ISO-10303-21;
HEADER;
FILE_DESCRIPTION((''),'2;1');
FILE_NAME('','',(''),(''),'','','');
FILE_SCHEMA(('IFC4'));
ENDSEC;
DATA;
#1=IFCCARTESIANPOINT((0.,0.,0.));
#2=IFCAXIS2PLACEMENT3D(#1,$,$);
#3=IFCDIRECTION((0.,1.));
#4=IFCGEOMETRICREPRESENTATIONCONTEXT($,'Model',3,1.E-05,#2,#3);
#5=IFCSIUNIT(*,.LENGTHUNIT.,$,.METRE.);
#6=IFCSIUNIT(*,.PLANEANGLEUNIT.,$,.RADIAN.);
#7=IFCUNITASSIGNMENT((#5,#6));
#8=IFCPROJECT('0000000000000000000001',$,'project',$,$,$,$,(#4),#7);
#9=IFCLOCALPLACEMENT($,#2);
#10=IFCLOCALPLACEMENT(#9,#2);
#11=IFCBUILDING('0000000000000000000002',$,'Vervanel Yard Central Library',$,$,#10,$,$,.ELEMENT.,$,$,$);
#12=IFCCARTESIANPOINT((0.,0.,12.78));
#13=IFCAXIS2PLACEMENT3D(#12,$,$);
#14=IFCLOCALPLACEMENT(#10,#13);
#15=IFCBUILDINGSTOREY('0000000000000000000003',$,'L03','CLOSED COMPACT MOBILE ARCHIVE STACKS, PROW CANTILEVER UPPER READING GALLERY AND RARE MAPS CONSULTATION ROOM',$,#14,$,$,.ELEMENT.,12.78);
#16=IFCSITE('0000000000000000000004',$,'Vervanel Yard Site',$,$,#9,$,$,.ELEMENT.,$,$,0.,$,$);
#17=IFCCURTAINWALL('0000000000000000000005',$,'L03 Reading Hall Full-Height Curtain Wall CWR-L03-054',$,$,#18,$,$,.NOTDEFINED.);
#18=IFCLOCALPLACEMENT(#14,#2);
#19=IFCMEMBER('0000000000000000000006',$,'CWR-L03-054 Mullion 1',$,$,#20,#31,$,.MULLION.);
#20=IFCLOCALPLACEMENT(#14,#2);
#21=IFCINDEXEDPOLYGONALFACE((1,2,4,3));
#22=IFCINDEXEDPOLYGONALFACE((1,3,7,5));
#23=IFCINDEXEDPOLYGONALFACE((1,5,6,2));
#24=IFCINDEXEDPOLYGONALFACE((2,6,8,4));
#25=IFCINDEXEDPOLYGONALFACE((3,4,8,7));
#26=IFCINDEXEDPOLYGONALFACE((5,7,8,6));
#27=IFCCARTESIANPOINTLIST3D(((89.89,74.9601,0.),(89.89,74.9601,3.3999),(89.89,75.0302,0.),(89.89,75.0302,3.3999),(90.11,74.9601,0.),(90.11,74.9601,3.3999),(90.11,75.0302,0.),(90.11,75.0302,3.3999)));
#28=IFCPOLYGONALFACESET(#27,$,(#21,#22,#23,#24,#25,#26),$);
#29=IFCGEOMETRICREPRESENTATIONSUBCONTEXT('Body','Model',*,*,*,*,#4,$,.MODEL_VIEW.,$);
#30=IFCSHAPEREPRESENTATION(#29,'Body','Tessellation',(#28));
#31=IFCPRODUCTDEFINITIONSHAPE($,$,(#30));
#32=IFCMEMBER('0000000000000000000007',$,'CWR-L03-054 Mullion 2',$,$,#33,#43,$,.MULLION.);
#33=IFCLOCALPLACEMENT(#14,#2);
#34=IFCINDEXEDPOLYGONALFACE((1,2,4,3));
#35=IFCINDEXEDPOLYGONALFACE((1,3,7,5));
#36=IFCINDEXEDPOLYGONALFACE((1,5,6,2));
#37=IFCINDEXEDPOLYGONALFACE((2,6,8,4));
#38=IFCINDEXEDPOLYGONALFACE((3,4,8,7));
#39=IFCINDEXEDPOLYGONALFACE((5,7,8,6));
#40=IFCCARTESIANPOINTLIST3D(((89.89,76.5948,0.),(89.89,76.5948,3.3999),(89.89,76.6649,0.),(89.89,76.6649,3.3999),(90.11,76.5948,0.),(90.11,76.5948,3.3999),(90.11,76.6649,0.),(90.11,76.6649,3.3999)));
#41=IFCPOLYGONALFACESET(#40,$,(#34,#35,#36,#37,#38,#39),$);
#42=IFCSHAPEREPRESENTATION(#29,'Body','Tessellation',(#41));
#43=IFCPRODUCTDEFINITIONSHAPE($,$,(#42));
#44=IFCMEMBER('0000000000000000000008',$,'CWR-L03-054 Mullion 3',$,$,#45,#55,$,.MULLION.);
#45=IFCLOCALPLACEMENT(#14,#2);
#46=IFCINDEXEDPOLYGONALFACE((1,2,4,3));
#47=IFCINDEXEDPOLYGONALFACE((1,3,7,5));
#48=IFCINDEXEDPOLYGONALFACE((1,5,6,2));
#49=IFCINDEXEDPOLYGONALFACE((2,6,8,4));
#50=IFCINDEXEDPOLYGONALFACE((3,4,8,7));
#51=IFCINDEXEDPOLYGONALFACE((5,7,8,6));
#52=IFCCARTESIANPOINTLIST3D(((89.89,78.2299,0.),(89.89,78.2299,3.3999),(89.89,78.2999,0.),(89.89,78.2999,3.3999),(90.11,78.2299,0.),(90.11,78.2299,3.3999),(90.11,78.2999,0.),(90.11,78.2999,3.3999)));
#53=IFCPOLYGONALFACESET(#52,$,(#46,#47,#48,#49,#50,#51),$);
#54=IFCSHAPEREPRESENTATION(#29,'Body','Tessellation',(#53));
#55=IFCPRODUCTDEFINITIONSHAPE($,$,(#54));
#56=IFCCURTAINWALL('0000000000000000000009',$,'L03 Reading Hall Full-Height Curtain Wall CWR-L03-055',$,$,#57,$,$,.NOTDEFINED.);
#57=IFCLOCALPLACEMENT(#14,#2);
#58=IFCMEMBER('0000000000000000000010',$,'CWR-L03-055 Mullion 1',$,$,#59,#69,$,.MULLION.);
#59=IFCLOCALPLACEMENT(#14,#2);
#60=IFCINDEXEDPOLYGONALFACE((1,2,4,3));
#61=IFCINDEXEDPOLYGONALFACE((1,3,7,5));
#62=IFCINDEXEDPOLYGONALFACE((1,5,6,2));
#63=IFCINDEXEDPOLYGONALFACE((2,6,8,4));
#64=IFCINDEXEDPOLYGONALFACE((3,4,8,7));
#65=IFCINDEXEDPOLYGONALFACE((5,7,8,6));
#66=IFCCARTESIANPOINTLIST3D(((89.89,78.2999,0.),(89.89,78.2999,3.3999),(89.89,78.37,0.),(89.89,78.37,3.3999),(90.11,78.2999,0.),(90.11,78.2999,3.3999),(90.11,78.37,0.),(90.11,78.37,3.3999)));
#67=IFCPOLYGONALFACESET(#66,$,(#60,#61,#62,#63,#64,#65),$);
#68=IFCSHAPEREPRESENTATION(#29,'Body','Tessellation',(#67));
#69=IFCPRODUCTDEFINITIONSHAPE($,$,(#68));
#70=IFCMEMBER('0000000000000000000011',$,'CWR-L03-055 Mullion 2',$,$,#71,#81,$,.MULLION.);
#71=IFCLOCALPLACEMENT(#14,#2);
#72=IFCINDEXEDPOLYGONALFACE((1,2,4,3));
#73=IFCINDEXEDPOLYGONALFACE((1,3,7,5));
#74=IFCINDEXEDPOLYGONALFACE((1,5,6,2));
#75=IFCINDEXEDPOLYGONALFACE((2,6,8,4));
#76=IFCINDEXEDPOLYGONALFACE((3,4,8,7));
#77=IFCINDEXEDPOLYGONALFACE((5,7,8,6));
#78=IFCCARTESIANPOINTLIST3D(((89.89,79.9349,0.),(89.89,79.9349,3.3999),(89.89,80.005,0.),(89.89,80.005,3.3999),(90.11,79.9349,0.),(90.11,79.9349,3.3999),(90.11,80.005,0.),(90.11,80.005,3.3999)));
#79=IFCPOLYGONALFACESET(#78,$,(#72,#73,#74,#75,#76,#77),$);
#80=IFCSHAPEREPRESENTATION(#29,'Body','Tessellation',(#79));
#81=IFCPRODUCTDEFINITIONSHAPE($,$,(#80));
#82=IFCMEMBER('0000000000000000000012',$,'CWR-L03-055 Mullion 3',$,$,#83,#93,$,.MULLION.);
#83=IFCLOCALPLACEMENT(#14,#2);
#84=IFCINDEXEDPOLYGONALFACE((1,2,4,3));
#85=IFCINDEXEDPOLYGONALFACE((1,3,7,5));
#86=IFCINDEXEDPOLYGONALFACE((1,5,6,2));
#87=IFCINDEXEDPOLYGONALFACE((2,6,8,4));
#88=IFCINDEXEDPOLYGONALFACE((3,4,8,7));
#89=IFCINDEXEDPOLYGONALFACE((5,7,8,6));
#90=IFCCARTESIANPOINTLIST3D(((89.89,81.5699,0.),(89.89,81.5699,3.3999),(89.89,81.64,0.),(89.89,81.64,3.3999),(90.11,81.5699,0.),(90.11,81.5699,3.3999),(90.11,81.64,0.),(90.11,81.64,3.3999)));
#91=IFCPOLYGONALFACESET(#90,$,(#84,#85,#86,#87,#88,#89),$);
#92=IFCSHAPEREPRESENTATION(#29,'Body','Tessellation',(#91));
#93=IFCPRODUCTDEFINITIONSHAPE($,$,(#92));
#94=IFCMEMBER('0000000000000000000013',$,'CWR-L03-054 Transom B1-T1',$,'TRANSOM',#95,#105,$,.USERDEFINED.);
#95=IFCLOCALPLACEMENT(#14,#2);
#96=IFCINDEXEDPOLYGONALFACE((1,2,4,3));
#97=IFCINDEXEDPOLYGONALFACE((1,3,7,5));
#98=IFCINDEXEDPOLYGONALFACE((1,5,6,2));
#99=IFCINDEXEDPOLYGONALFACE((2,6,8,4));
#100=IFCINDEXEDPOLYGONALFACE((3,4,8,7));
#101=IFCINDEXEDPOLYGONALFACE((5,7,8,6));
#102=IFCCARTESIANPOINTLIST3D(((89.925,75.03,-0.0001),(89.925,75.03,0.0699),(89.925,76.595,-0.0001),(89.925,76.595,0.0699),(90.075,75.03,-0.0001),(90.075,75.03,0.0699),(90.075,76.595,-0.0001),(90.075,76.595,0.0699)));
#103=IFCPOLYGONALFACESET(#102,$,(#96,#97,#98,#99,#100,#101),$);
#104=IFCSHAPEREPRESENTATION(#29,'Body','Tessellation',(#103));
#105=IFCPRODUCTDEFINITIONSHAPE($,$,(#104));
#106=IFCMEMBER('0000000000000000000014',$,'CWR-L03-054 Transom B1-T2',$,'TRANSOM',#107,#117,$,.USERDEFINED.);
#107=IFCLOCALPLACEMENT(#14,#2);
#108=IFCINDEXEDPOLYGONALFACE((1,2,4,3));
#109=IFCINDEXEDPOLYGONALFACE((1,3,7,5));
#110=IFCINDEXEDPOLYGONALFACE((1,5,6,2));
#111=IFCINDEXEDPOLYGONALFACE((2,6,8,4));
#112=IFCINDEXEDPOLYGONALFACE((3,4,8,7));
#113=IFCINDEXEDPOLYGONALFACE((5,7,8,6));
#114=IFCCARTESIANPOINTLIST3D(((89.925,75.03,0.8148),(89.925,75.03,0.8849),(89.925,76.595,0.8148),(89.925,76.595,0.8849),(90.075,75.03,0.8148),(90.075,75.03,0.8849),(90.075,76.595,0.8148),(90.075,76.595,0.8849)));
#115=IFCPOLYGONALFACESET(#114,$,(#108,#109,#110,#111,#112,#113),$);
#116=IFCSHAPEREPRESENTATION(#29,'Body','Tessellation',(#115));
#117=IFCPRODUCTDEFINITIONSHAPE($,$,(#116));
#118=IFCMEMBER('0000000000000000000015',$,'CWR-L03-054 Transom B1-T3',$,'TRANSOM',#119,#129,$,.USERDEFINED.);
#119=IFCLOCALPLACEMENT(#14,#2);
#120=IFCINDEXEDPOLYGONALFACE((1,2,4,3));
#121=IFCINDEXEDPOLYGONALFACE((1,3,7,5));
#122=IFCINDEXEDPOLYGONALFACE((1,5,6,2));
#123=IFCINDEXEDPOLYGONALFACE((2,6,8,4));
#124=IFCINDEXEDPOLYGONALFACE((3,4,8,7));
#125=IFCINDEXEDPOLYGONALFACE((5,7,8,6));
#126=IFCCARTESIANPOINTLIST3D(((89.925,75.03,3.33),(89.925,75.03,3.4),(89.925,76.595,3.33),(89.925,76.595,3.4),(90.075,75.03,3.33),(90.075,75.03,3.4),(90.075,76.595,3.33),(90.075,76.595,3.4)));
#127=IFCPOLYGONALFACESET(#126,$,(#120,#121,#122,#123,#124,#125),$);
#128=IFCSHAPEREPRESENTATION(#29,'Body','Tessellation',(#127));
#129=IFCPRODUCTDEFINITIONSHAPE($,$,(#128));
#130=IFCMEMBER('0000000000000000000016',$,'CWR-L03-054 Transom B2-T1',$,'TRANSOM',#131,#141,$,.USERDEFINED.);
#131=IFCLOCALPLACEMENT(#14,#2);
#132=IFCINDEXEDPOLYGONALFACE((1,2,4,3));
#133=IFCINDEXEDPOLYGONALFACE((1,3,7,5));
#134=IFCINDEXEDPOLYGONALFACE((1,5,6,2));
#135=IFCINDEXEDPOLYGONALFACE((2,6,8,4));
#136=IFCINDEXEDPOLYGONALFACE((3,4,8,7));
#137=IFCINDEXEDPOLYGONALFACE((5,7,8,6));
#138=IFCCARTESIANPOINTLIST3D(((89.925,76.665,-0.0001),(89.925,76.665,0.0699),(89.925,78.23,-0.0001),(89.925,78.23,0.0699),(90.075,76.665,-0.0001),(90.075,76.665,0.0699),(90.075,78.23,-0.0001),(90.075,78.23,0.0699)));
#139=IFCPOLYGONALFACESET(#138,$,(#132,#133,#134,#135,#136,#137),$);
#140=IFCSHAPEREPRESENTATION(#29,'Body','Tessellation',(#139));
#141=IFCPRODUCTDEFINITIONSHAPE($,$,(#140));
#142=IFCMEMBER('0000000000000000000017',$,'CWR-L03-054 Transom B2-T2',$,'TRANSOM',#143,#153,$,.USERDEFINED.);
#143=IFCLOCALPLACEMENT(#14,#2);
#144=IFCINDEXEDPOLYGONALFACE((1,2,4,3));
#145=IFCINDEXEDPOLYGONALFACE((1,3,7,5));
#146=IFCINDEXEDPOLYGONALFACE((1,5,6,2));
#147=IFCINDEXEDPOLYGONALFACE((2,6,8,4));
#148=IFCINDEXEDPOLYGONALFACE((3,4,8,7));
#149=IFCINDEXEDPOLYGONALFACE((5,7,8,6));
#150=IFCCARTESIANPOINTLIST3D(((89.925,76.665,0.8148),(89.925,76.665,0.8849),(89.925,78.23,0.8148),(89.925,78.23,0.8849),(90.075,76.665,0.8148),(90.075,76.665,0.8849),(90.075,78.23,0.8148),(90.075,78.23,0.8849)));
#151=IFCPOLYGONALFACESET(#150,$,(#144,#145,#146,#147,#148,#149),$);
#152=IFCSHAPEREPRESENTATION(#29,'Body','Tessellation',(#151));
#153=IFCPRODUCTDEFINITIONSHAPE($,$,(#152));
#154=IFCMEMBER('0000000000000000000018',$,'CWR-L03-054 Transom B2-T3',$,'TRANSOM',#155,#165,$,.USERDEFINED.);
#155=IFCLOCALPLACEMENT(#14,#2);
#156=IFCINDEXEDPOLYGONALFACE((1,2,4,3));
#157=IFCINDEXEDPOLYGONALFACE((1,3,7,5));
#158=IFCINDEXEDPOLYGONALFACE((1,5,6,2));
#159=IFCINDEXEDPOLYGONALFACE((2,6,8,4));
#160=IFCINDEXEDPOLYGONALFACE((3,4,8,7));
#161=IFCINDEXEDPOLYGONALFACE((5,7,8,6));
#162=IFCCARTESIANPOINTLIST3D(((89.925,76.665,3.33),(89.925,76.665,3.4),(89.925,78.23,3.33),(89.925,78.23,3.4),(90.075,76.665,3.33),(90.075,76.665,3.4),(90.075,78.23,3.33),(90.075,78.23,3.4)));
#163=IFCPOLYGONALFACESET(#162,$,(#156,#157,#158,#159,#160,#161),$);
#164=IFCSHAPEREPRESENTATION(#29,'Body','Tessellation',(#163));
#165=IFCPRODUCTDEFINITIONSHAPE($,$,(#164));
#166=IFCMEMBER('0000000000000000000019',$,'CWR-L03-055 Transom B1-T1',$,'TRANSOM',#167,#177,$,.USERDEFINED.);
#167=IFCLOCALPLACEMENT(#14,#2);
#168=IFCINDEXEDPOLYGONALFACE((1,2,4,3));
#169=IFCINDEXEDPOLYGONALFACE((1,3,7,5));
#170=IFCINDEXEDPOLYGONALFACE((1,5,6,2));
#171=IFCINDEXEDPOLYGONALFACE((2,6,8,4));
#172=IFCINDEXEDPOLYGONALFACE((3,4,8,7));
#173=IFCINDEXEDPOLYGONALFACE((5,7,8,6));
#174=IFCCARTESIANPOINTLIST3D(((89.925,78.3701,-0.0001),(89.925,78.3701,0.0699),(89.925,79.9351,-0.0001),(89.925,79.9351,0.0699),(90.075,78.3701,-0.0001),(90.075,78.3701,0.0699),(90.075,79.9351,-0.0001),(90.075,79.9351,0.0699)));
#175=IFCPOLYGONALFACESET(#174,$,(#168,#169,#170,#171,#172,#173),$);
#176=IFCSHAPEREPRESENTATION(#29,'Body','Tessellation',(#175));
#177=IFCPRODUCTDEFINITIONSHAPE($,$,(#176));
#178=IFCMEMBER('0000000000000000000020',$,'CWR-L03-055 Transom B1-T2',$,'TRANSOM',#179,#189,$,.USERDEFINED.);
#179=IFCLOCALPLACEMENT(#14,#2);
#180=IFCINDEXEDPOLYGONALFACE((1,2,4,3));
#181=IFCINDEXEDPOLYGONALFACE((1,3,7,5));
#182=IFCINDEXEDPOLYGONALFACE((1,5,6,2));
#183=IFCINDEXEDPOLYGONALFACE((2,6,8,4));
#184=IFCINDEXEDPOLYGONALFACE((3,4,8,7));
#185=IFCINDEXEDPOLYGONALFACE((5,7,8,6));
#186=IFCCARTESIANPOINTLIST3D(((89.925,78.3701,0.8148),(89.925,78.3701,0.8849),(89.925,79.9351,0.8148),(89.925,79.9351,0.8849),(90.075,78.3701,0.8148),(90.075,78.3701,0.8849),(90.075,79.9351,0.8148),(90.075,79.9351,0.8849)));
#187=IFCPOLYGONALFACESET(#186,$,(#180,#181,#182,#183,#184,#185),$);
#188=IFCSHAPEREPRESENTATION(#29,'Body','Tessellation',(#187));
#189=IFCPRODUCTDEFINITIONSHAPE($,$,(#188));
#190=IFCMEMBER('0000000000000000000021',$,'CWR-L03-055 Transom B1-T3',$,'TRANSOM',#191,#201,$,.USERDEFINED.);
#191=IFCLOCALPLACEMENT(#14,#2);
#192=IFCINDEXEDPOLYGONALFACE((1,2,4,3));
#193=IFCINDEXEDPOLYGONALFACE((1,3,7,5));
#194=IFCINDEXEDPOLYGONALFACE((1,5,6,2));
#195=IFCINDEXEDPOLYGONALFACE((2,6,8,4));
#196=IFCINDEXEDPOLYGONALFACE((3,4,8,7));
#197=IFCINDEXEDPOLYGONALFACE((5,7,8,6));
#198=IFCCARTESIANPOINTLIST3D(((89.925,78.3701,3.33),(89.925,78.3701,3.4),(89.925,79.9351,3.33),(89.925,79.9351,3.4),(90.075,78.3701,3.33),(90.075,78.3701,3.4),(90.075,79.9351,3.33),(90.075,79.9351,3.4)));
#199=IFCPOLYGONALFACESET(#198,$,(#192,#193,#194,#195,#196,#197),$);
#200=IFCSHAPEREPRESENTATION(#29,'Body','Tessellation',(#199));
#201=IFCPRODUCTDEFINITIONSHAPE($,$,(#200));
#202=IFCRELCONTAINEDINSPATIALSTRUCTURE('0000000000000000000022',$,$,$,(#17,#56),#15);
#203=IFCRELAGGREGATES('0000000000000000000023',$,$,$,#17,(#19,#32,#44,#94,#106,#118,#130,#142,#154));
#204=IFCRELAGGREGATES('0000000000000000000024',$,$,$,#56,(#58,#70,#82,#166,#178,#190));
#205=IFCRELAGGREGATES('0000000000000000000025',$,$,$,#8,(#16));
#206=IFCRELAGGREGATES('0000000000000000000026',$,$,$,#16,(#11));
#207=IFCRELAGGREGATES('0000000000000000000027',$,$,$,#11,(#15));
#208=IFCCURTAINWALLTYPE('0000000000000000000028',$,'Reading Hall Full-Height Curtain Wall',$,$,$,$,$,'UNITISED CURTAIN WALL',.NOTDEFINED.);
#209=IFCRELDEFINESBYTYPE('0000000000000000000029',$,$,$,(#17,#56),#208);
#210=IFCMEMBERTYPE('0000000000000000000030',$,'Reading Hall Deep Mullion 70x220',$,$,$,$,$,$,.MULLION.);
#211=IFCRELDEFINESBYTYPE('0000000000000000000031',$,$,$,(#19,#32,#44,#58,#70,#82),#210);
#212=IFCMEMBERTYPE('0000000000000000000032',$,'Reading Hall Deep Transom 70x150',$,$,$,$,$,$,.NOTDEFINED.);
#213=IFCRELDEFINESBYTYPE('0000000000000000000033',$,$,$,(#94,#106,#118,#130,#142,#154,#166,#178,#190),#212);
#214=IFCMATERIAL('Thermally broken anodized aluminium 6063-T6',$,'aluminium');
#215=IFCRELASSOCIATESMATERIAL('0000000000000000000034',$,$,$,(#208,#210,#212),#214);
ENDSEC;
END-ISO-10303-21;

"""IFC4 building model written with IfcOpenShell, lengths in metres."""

from ifc_helpers import new_model, si_unit, direction, frame, origin, origin_2d, place, context, subcontext, project, spatial, rectangle, extrude, material, material_profile, profile_set, type_object, element, aggregate, save


model = new_model("IFC4")

# Units and contexts
model_context = context("Model", 3, precision=1e-05, world=origin(), true_north=direction((0.0, 1.0)))
body_context = subcontext(model_context, "Body", "Model", "MODEL_VIEW")
ifc_project = project(units=[si_unit("LENGTHUNIT", "METRE"), si_unit("PLANEANGLEUNIT", "RADIAN")], contexts=[model_context])

# Site, building, storey
site_placement = place(None, origin())
site = spatial("IfcSite", under=ifc_project, at=site_placement, Name="Vervanel Yard Site", CompositionType="ELEMENT", RefElevation=0.0)
building_placement = place(site_placement, origin())
building = spatial("IfcBuilding", under=site, at=building_placement, Name="Vervanel Yard Central Library", CompositionType="ELEMENT")
storey_placement = place(building_placement, frame((0.0, 0.0, 12.78)))
storey = spatial("IfcBuildingStorey", under=building, at=storey_placement, Name="L03", Description="CLOSED COMPACT MOBILE ARCHIVE STACKS, PROW CANTILEVER UPPER READING GALLERY AND RARE MAPS CONSULTATION ROOM", CompositionType="ELEMENT", Elevation=12.78)

# Curtain walls, members
ifc_material_1 = material(Name="Thermally broken anodized aluminium 6063-T6", Category="aluminium")
curtain_wall_type = type_object("IfcCurtainWallType", Name="Reading Hall Full-Height Curtain Wall", ElementType="UNITISED CURTAIN WALL", PredefinedType="NOTDEFINED", material=ifc_material_1)
curtain_wall_1_placement = place(storey_placement, origin())
curtain_wall_1 = element("IfcCurtainWall", 1, at=curtain_wall_1_placement, inside=storey, type_object=curtain_wall_type, Name="L03 Reading Hall Full-Height Curtain Wall CWR-L03-054", PredefinedType="NOTDEFINED")
ifc_material_profile_1 = material_profile(ifc_material_1, rectangle(XDim=0.0701, YDim=0.22, at=origin_2d()), Name="ALU 70x220", Category="aluminium")
ifc_profile_set_1 = profile_set([ifc_material_profile_1], Name="Thermally broken anodized aluminium 6063-T6")
member_type_1 = type_object("IfcMemberType", Name="Reading Hall Deep Mullion 70x220", PredefinedType="MULLION", material=ifc_profile_set_1)
member_1_placement = place(storey_placement, frame((90.0, 74.9951, 0.0), z_axis=(0.0, 0.0, 1.0), x_axis=(0.0, 1.0, 0.0)))
member_1 = element("IfcMember", 2, at=member_1_placement, type_object=member_type_1, Name="CWR-L03-054 Mullion 1", PredefinedType="MULLION", context=body_context, shape_type="SweptSolid", body=[
    extrude(rectangle(XDim=0.0701, YDim=0.22, at=origin_2d()), origin(), (0.0, 0.0, 1.0), 3.3999),
])
member_2_placement = place(storey_placement, frame((90.0, 76.6299, 0.0), z_axis=(0.0, 0.0, 1.0), x_axis=(0.0, 1.0, 0.0)))
member_2 = element("IfcMember", 3, at=member_2_placement, type_object=member_type_1, Name="CWR-L03-054 Mullion 2", PredefinedType="MULLION", context=body_context, shape_type="SweptSolid", body=[
    extrude(rectangle(XDim=0.0701, YDim=0.22, at=origin_2d()), origin(), (0.0, 0.0, 1.0), 3.3999),
])
member_3_placement = place(storey_placement, frame((90.0, 78.2649, 0.0), z_axis=(0.0, 0.0, 1.0), x_axis=(0.0, 1.0, 0.0)))
member_3 = element("IfcMember", 4, at=member_3_placement, type_object=member_type_1, Name="CWR-L03-054 Mullion 3", PredefinedType="MULLION", context=body_context, shape_type="SweptSolid", body=[
    extrude(rectangle(XDim=0.0701, YDim=0.22, at=origin_2d()), origin(), (0.0, 0.0, 1.0), 3.3999),
])
curtain_wall_2_placement = place(storey_placement, origin())
curtain_wall_2 = element("IfcCurtainWall", 5, at=curtain_wall_2_placement, inside=storey, type_object=curtain_wall_type, Name="L03 Reading Hall Full-Height Curtain Wall CWR-L03-055", PredefinedType="NOTDEFINED")
member_4_placement = place(storey_placement, frame((90.0, 78.335, 0.0), z_axis=(0.0, 0.0, 1.0), x_axis=(0.0, 1.0, 0.0)))
member_4 = element("IfcMember", 6, at=member_4_placement, type_object=member_type_1, Name="CWR-L03-055 Mullion 1", PredefinedType="MULLION", context=body_context, shape_type="SweptSolid", body=[
    extrude(rectangle(XDim=0.0701, YDim=0.22, at=origin_2d()), origin(), (0.0, 0.0, 1.0), 3.3999),
])
member_5_placement = place(storey_placement, frame((90.0, 79.97, 0.0), z_axis=(0.0, 0.0, 1.0), x_axis=(0.0, 1.0, 0.0)))
member_5 = element("IfcMember", 7, at=member_5_placement, type_object=member_type_1, Name="CWR-L03-055 Mullion 2", PredefinedType="MULLION", context=body_context, shape_type="SweptSolid", body=[
    extrude(rectangle(XDim=0.0701, YDim=0.22, at=origin_2d()), origin(), (0.0, 0.0, 1.0), 3.3999),
])
member_6_placement = place(storey_placement, frame((90.0, 81.605, 0.0), z_axis=(0.0, 0.0, 1.0), x_axis=(0.0, 1.0, 0.0)))
member_6 = element("IfcMember", 8, at=member_6_placement, type_object=member_type_1, Name="CWR-L03-055 Mullion 3", PredefinedType="MULLION", context=body_context, shape_type="SweptSolid", body=[
    extrude(rectangle(XDim=0.0701, YDim=0.22, at=origin_2d()), origin(), (0.0, 0.0, 1.0), 3.3999),
])

# Members
ifc_material_profile_2 = material_profile(ifc_material_1, rectangle(XDim=0.0701, YDim=0.1499, at=origin_2d()), Name="ALU 70x150", Category="aluminium")
ifc_profile_set_2 = profile_set([ifc_material_profile_2], Name="Thermally broken anodized aluminium 6063-T6")
member_type_2 = type_object("IfcMemberType", Name="Reading Hall Deep Transom 70x150", PredefinedType="NOTDEFINED", material=ifc_profile_set_2)
member_7_placement = place(storey_placement, frame((90.0, 75.03, 0.0349), z_axis=(0.0, 1.0, 0.0), x_axis=(0.0, 0.0, 1.0)))
member_7 = element("IfcMember", 9, at=member_7_placement, type_object=member_type_2, Name="CWR-L03-054 Transom B1-T1", ObjectType="TRANSOM", PredefinedType="USERDEFINED", context=body_context, shape_type="SweptSolid", body=[
    extrude(rectangle(XDim=0.0701, YDim=0.1499, at=origin_2d()), origin(), (0.0, 0.0, 1.0), 1.5649),
])
member_8_placement = place(storey_placement, frame((90.0, 75.03, 0.8499), z_axis=(0.0, 1.0, 0.0), x_axis=(0.0, 0.0, 1.0)))
member_8 = element("IfcMember", 10, at=member_8_placement, type_object=member_type_2, Name="CWR-L03-054 Transom B1-T2", ObjectType="TRANSOM", PredefinedType="USERDEFINED", context=body_context, shape_type="SweptSolid", body=[
    extrude(rectangle(XDim=0.0701, YDim=0.1499, at=origin_2d()), origin(), (0.0, 0.0, 1.0), 1.5649),
])
member_9_placement = place(storey_placement, frame((90.0, 75.03, 3.365), z_axis=(0.0, 1.0, 0.0), x_axis=(0.0, 0.0, 1.0)))
member_9 = element("IfcMember", 11, at=member_9_placement, type_object=member_type_2, Name="CWR-L03-054 Transom B1-T3", ObjectType="TRANSOM", PredefinedType="USERDEFINED", context=body_context, shape_type="SweptSolid", body=[
    extrude(rectangle(XDim=0.0701, YDim=0.1499, at=origin_2d()), origin(), (0.0, 0.0, 1.0), 1.5649),
])
member_10_placement = place(storey_placement, frame((90.0, 76.665, 0.0349), z_axis=(0.0, 1.0, 0.0), x_axis=(0.0, 0.0, 1.0)))
member_10 = element("IfcMember", 12, at=member_10_placement, type_object=member_type_2, Name="CWR-L03-054 Transom B2-T1", ObjectType="TRANSOM", PredefinedType="USERDEFINED", context=body_context, shape_type="SweptSolid", body=[
    extrude(rectangle(XDim=0.0701, YDim=0.1499, at=origin_2d()), origin(), (0.0, 0.0, 1.0), 1.5649),
])
member_11_placement = place(storey_placement, frame((90.0, 76.665, 0.8499), z_axis=(0.0, 1.0, 0.0), x_axis=(0.0, 0.0, 1.0)))
member_11 = element("IfcMember", 13, at=member_11_placement, type_object=member_type_2, Name="CWR-L03-054 Transom B2-T2", ObjectType="TRANSOM", PredefinedType="USERDEFINED", context=body_context, shape_type="SweptSolid", body=[
    extrude(rectangle(XDim=0.0701, YDim=0.1499, at=origin_2d()), origin(), (0.0, 0.0, 1.0), 1.5649),
])
member_12_placement = place(storey_placement, frame((90.0, 76.665, 3.365), z_axis=(0.0, 1.0, 0.0), x_axis=(0.0, 0.0, 1.0)))
member_12 = element("IfcMember", 14, at=member_12_placement, type_object=member_type_2, Name="CWR-L03-054 Transom B2-T3", ObjectType="TRANSOM", PredefinedType="USERDEFINED", context=body_context, shape_type="SweptSolid", body=[
    extrude(rectangle(XDim=0.0701, YDim=0.1499, at=origin_2d()), origin(), (0.0, 0.0, 1.0), 1.5649),
])
member_13_placement = place(storey_placement, frame((90.0, 78.3701, 0.0349), z_axis=(0.0, 1.0, 0.0), x_axis=(0.0, 0.0, 1.0)))
member_13 = element("IfcMember", 15, at=member_13_placement, type_object=member_type_2, Name="CWR-L03-055 Transom B1-T1", ObjectType="TRANSOM", PredefinedType="USERDEFINED", context=body_context, shape_type="SweptSolid", body=[
    extrude(rectangle(XDim=0.0701, YDim=0.1499, at=origin_2d()), origin(), (0.0, 0.0, 1.0), 1.5649),
])
member_14_placement = place(storey_placement, frame((90.0, 78.3701, 0.8499), z_axis=(0.0, 1.0, 0.0), x_axis=(0.0, 0.0, 1.0)))
member_14 = element("IfcMember", 16, at=member_14_placement, type_object=member_type_2, Name="CWR-L03-055 Transom B1-T2", ObjectType="TRANSOM", PredefinedType="USERDEFINED", context=body_context, shape_type="SweptSolid", body=[
    extrude(rectangle(XDim=0.0701, YDim=0.1499, at=origin_2d()), origin(), (0.0, 0.0, 1.0), 1.5649),
])
member_15_placement = place(storey_placement, frame((90.0, 78.3701, 3.365), z_axis=(0.0, 1.0, 0.0), x_axis=(0.0, 0.0, 1.0)))
member_15 = element("IfcMember", 17, at=member_15_placement, type_object=member_type_2, Name="CWR-L03-055 Transom B1-T3", ObjectType="TRANSOM", PredefinedType="USERDEFINED", context=body_context, shape_type="SweptSolid", body=[
    extrude(rectangle(XDim=0.0701, YDim=0.1499, at=origin_2d()), origin(), (0.0, 0.0, 1.0), 1.5649),
])

aggregate(curtain_wall_1, [member_1, member_2, member_3, member_7, member_8, member_9, member_10, member_11, member_12])
aggregate(curtain_wall_2, [member_4, member_5, member_6, member_13, member_14, member_15])

save(model, "model.ifc")
